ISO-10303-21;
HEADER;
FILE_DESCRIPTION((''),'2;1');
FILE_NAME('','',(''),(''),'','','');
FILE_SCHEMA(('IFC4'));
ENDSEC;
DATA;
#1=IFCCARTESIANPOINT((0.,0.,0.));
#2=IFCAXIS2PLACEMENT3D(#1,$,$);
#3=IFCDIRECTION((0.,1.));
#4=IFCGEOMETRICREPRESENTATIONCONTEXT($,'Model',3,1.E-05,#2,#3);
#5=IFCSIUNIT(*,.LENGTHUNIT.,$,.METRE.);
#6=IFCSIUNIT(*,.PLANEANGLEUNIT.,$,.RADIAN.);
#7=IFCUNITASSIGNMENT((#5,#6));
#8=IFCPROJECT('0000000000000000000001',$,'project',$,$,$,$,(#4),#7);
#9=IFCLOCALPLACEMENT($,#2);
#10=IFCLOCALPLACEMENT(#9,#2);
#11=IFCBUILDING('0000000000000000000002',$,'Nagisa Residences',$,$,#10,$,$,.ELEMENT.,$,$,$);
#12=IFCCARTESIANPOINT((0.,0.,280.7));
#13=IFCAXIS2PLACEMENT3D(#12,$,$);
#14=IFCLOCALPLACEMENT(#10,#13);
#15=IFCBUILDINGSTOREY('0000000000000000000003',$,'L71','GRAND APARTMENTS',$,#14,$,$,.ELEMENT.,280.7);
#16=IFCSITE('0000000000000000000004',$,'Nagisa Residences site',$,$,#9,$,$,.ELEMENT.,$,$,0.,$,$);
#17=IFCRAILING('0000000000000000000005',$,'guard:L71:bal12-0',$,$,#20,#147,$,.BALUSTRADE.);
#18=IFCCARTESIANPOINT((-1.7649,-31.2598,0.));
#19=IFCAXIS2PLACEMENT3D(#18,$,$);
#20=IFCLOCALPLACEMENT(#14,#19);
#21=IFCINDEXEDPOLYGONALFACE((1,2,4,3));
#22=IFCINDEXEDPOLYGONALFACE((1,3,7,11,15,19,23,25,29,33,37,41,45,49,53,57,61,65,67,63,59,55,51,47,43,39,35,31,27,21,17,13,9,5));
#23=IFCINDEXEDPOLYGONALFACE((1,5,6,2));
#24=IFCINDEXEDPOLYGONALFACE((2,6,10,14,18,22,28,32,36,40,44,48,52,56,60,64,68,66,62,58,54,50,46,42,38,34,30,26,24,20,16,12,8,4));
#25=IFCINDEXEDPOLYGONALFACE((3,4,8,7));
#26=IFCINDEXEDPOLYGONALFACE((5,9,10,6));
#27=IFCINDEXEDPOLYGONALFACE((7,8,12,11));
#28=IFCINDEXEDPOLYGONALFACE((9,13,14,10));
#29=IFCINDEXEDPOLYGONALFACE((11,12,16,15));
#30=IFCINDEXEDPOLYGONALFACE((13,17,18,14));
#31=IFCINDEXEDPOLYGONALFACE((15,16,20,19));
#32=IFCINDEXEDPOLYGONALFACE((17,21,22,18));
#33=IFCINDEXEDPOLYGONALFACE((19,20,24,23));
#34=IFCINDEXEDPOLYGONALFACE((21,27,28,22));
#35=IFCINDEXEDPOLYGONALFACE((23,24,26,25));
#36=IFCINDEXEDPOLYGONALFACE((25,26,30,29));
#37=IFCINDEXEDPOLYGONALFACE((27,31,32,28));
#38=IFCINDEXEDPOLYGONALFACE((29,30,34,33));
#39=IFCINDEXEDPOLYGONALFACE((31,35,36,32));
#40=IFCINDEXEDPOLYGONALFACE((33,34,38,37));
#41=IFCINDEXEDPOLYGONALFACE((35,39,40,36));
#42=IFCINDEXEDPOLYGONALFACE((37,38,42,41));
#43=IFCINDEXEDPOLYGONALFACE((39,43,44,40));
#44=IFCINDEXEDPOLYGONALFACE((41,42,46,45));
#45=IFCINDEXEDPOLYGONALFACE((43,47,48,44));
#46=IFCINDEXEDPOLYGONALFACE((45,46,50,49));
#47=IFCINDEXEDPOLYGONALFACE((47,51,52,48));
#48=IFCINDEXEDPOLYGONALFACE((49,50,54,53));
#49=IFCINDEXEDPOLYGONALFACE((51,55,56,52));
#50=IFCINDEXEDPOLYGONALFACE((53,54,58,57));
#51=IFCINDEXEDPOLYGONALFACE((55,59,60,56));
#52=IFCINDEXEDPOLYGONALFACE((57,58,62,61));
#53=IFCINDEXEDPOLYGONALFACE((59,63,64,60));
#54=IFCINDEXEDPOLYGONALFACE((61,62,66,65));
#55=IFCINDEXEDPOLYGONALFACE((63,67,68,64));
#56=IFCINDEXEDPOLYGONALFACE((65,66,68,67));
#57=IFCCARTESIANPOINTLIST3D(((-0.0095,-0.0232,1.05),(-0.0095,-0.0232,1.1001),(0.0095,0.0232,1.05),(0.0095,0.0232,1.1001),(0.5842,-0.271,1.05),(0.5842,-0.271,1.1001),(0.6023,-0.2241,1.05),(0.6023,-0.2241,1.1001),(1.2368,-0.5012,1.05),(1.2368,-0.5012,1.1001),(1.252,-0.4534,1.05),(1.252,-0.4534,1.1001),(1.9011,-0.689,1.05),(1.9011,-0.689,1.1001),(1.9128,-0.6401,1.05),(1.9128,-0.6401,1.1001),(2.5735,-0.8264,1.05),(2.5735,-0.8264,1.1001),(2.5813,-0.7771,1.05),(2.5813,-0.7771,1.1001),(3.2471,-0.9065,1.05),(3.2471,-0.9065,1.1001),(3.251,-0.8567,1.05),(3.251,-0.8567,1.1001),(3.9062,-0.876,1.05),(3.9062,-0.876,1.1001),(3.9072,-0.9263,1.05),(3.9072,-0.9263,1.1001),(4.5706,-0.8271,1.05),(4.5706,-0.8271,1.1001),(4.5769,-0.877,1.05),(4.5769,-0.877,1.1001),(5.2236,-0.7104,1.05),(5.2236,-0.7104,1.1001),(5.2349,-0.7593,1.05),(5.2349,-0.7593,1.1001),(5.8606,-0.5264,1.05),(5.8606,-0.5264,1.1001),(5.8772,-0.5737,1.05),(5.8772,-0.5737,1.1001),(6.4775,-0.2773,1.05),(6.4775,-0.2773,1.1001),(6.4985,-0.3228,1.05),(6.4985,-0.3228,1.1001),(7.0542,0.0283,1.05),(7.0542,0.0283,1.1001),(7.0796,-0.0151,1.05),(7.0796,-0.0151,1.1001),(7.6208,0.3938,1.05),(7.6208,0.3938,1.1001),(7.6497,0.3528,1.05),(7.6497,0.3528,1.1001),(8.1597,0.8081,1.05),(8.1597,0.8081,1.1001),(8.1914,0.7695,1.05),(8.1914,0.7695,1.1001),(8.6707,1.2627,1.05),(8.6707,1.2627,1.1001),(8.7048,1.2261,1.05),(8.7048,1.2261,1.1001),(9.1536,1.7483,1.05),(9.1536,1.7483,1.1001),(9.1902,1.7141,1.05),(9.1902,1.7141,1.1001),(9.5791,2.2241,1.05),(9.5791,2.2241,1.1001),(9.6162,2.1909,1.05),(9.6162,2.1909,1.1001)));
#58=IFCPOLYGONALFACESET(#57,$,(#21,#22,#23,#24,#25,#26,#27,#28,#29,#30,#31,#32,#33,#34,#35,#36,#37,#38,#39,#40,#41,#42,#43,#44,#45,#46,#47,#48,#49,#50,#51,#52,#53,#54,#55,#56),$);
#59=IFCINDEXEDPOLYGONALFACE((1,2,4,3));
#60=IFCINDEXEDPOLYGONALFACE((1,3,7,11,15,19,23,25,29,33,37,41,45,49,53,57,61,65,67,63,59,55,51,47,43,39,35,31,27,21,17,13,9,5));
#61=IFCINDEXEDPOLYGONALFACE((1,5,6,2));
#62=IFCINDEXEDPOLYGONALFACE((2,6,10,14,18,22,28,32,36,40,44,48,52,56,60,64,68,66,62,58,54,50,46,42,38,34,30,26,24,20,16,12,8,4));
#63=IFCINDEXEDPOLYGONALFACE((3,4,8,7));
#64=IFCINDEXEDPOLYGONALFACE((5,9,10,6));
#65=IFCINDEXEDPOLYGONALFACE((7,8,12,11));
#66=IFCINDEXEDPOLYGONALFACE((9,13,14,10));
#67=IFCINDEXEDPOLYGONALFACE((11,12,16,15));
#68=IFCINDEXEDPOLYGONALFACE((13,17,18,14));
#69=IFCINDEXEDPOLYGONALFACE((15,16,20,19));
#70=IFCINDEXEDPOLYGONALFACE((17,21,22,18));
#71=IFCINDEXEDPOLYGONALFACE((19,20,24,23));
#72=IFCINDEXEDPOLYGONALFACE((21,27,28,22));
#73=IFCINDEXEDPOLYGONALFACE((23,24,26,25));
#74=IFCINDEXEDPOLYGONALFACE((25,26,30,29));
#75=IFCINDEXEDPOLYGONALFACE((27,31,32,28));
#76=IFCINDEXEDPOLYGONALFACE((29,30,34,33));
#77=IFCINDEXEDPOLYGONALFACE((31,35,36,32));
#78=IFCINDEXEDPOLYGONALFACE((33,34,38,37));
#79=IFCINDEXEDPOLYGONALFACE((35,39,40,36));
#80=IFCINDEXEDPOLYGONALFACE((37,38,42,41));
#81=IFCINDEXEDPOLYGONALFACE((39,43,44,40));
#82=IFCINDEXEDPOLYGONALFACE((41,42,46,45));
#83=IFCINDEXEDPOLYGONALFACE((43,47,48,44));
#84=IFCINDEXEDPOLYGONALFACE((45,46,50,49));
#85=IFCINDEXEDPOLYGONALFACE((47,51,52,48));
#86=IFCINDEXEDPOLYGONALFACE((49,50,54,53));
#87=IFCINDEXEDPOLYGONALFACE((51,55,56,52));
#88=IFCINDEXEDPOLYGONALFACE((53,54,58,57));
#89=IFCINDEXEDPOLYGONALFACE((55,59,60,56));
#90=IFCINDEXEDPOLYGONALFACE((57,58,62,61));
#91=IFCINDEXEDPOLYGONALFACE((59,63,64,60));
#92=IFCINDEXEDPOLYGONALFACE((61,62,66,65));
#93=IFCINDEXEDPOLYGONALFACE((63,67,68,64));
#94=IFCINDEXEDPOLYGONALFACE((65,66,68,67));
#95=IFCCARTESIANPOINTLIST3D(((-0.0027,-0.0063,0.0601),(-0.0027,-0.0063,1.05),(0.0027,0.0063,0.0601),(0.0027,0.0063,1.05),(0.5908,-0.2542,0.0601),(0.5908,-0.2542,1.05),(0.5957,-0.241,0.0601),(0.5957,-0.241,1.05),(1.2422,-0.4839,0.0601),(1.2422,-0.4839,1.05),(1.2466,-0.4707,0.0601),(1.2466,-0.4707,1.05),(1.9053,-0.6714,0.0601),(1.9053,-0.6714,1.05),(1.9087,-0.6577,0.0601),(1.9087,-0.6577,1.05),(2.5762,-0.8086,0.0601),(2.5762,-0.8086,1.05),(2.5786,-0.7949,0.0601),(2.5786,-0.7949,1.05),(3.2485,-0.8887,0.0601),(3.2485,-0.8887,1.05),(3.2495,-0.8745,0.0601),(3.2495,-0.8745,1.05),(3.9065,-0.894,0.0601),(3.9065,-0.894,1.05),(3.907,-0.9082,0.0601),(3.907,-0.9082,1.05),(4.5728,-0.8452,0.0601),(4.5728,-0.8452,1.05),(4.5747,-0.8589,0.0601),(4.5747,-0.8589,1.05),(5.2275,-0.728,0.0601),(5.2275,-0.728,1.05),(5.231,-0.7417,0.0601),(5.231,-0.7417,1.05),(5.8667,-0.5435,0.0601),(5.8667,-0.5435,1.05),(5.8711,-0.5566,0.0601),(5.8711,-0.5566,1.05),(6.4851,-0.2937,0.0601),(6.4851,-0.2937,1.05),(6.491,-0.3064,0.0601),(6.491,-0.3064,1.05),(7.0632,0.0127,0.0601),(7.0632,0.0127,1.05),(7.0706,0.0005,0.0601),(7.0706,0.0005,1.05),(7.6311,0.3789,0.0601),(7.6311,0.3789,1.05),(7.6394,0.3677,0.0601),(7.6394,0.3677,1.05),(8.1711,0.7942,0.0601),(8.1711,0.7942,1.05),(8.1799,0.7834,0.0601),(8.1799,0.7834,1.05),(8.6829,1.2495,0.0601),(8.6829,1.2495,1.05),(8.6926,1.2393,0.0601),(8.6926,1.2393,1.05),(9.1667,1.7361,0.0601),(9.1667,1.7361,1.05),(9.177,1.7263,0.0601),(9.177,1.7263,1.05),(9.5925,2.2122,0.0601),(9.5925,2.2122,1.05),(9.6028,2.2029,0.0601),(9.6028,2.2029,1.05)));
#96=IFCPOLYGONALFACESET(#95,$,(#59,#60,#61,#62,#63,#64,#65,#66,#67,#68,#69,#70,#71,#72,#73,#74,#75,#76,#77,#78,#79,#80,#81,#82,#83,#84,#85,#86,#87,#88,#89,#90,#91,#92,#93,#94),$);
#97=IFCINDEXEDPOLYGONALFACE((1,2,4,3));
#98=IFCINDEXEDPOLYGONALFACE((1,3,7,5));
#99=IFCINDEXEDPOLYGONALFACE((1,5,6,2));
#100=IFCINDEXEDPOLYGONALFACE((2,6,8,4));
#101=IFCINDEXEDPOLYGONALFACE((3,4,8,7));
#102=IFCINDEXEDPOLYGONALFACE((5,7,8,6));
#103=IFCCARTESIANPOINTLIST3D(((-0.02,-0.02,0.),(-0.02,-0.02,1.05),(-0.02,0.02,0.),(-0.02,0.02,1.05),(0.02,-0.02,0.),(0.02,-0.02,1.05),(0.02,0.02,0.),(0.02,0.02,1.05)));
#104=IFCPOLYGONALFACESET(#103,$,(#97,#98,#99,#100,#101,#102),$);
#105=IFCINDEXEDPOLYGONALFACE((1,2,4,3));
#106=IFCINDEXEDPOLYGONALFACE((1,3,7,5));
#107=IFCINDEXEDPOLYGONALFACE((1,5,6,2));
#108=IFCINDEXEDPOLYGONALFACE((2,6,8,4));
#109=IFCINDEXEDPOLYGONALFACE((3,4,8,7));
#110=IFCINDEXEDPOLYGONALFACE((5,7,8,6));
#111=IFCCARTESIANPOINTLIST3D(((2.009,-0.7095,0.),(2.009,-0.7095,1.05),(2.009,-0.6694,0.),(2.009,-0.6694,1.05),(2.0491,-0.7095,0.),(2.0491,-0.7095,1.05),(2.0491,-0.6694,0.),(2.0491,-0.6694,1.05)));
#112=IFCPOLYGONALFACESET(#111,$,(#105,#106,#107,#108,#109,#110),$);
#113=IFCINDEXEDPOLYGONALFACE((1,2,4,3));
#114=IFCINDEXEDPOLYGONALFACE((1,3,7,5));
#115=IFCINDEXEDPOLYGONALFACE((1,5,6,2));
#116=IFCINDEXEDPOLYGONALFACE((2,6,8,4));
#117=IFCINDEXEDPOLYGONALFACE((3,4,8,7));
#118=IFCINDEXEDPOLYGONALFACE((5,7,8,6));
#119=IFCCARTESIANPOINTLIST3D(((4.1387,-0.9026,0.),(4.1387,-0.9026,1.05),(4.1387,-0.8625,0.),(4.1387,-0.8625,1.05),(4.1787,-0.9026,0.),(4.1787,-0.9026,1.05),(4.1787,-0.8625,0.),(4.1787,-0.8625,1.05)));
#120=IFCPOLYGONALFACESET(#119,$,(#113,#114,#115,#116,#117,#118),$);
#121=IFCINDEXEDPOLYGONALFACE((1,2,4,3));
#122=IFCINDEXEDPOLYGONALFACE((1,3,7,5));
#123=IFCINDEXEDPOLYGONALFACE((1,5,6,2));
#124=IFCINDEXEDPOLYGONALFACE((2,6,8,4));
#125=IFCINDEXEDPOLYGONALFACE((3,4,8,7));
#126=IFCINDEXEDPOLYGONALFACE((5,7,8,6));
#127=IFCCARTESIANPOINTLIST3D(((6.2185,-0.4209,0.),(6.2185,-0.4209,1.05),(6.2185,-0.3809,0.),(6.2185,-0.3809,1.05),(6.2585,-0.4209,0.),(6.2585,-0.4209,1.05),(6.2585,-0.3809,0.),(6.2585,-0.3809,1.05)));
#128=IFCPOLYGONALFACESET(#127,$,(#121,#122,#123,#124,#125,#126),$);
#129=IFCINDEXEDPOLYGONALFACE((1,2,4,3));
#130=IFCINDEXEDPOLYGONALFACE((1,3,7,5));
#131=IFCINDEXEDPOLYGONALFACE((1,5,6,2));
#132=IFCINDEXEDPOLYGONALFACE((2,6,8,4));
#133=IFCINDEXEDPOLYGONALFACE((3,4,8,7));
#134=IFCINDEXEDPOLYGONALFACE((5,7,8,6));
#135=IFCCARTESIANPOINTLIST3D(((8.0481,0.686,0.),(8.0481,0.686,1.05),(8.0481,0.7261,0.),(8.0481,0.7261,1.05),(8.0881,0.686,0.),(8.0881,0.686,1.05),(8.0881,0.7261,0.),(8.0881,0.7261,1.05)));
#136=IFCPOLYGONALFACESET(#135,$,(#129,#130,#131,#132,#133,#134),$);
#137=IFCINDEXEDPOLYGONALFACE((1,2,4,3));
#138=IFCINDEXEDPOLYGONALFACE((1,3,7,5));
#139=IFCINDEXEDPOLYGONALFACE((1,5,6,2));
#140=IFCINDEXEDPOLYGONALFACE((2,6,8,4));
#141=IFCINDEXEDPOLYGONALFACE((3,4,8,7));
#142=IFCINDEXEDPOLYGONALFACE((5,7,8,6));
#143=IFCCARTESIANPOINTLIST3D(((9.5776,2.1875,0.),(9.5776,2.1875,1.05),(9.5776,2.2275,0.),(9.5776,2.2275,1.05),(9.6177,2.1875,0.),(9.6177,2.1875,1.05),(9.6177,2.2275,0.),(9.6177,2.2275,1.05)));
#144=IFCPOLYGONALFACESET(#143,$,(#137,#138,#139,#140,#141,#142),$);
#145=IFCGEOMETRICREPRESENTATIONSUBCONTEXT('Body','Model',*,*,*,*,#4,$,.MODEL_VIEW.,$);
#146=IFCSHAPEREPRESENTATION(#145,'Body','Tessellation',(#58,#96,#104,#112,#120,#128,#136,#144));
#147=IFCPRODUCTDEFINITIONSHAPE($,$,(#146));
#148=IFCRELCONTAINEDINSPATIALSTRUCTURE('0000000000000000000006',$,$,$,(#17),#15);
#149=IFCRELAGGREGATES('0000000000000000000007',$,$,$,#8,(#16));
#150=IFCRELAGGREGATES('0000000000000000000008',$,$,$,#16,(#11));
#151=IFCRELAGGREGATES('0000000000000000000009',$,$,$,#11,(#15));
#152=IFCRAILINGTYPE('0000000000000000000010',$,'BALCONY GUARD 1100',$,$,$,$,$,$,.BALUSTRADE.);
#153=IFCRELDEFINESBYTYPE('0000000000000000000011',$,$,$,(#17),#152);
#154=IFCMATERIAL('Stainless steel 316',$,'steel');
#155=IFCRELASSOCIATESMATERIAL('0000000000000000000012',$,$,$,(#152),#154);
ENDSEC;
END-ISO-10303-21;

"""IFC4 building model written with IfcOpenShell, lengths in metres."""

from ifc_helpers import new_model, si_unit, direction, frame, origin, origin_2d, place, context, subcontext, project, spatial, polyline, rectangle, outline, extrude, material, type_object, element, save


model = new_model("IFC4")

# Units and contexts
model_context = context("Model", 3, precision=1e-05, world=origin(), true_north=direction((0.0, 1.0)))
body_context = subcontext(model_context, "Body", "Model", "MODEL_VIEW")
ifc_project = project(units=[si_unit("LENGTHUNIT", "METRE"), si_unit("PLANEANGLEUNIT", "RADIAN")], contexts=[model_context])

# Site, building, storey
site_placement = place(None, origin())
site = spatial("IfcSite", under=ifc_project, at=site_placement, Name="Nagisa Residences site", CompositionType="ELEMENT", RefElevation=0.0)
building_placement = place(site_placement, origin())
building = spatial("IfcBuilding", under=site, at=building_placement, Name="Nagisa Residences", CompositionType="ELEMENT")
storey_placement = place(building_placement, frame((0.0, 0.0, 280.7)))
storey = spatial("IfcBuildingStorey", under=building, at=storey_placement, Name="L71", Description="GRAND APARTMENTS", CompositionType="ELEMENT", Elevation=280.7)

# Railing
ifc_material_1 = material(Name="Stainless steel 316", Category="steel")
railing_type = type_object("IfcRailingType", Name="BALCONY GUARD 1100", PredefinedType="BALUSTRADE", material=ifc_material_1)
railing_placement = place(storey_placement, frame((-1.7649, -31.2598, 0.0)))
element("IfcRailing", 1, at=railing_placement, inside=storey, type_object=railing_type, Name="guard:L71:bal12-0", PredefinedType="BALUSTRADE", context=body_context, shape_type="SweptSolid", body=[
    extrude(outline(polyline([(0.6023, -0.2241), (0.0095, 0.0232), (-0.0095, -0.0232), (0.5842, -0.271), (1.2368, -0.5012), (1.9011, -0.689), (2.5735, -0.8264), (3.2471, -0.9065), (3.9072, -0.9263), (4.5769, -0.877), (5.2349, -0.7593), (5.8772, -0.5737), (6.4985, -0.3228), (7.0796, -0.0151), (7.6497, 0.3528), (8.1914, 0.7695), (8.7048, 1.2261), (9.1902, 1.7141), (9.6162, 2.1909), (9.5791, 2.2241), (9.1536, 1.7483), (8.6707, 1.2627), (8.1597, 0.8081), (7.6208, 0.3938), (7.0542, 0.0283), (6.4775, -0.2773), (5.8606, -0.5264), (5.2236, -0.7104), (4.5706, -0.8271), (3.9062, -0.876), (3.251, -0.8567), (2.5813, -0.7771), (1.9128, -0.6401), (1.252, -0.4534), (0.6023, -0.2241)])), frame((0.0, 0.0, 1.05)), (0.0, 0.0, 1.0), 0.05),
    extrude(outline(polyline([(0.5957, -0.241), (0.0027, 0.0063), (-0.0027, -0.0063), (0.5908, -0.2542), (1.2422, -0.4839), (1.9053, -0.6714), (2.5762, -0.8086), (3.2485, -0.8887), (3.907, -0.9082), (4.5747, -0.8589), (5.231, -0.7417), (5.8711, -0.5566), (6.491, -0.3064), (7.0706, 0.0005), (7.6394, 0.3677), (8.1799, 0.7834), (8.6926, 1.2393), (9.177, 1.7263), (9.6028, 2.2029), (9.5925, 2.2122), (9.1667, 1.7361), (8.6829, 1.2495), (8.1711, 0.7942), (7.6311, 0.3789), (7.0632, 0.0127), (6.4851, -0.2937), (5.8667, -0.5435), (5.2275, -0.728), (4.5728, -0.8452), (3.9065, -0.894), (3.2495, -0.8745), (2.5786, -0.7949), (1.9087, -0.6577), (1.2466, -0.4707), (0.5957, -0.241)])), frame((0.0, 0.0, 0.0601)), (0.0, 0.0, 1.0), 0.99),
    extrude(rectangle(XDim=0.04, YDim=0.04, at=origin_2d()), origin(), (0.0, 0.0, 1.0), 1.05),
    extrude(rectangle(XDim=0.04, YDim=0.04, at=origin_2d()), frame((2.0291, -0.6895, 0.0)), (0.0, 0.0, 1.0), 1.05),
    extrude(rectangle(XDim=0.04, YDim=0.04, at=origin_2d()), frame((4.1587, -0.8826, 0.0)), (0.0, 0.0, 1.0), 1.05),
    extrude(rectangle(XDim=0.04, YDim=0.04, at=origin_2d()), frame((6.2385, -0.4009, 0.0)), (0.0, 0.0, 1.0), 1.05),
    extrude(rectangle(XDim=0.04, YDim=0.04, at=origin_2d()), frame((8.0681, 0.7061, 0.0)), (0.0, 0.0, 1.0), 1.05),
    extrude(rectangle(XDim=0.04, YDim=0.04, at=origin_2d()), frame((9.5977, 2.2075, 0.0)), (0.0, 0.0, 1.0), 1.05),
])

save(model, "model.ifc")
